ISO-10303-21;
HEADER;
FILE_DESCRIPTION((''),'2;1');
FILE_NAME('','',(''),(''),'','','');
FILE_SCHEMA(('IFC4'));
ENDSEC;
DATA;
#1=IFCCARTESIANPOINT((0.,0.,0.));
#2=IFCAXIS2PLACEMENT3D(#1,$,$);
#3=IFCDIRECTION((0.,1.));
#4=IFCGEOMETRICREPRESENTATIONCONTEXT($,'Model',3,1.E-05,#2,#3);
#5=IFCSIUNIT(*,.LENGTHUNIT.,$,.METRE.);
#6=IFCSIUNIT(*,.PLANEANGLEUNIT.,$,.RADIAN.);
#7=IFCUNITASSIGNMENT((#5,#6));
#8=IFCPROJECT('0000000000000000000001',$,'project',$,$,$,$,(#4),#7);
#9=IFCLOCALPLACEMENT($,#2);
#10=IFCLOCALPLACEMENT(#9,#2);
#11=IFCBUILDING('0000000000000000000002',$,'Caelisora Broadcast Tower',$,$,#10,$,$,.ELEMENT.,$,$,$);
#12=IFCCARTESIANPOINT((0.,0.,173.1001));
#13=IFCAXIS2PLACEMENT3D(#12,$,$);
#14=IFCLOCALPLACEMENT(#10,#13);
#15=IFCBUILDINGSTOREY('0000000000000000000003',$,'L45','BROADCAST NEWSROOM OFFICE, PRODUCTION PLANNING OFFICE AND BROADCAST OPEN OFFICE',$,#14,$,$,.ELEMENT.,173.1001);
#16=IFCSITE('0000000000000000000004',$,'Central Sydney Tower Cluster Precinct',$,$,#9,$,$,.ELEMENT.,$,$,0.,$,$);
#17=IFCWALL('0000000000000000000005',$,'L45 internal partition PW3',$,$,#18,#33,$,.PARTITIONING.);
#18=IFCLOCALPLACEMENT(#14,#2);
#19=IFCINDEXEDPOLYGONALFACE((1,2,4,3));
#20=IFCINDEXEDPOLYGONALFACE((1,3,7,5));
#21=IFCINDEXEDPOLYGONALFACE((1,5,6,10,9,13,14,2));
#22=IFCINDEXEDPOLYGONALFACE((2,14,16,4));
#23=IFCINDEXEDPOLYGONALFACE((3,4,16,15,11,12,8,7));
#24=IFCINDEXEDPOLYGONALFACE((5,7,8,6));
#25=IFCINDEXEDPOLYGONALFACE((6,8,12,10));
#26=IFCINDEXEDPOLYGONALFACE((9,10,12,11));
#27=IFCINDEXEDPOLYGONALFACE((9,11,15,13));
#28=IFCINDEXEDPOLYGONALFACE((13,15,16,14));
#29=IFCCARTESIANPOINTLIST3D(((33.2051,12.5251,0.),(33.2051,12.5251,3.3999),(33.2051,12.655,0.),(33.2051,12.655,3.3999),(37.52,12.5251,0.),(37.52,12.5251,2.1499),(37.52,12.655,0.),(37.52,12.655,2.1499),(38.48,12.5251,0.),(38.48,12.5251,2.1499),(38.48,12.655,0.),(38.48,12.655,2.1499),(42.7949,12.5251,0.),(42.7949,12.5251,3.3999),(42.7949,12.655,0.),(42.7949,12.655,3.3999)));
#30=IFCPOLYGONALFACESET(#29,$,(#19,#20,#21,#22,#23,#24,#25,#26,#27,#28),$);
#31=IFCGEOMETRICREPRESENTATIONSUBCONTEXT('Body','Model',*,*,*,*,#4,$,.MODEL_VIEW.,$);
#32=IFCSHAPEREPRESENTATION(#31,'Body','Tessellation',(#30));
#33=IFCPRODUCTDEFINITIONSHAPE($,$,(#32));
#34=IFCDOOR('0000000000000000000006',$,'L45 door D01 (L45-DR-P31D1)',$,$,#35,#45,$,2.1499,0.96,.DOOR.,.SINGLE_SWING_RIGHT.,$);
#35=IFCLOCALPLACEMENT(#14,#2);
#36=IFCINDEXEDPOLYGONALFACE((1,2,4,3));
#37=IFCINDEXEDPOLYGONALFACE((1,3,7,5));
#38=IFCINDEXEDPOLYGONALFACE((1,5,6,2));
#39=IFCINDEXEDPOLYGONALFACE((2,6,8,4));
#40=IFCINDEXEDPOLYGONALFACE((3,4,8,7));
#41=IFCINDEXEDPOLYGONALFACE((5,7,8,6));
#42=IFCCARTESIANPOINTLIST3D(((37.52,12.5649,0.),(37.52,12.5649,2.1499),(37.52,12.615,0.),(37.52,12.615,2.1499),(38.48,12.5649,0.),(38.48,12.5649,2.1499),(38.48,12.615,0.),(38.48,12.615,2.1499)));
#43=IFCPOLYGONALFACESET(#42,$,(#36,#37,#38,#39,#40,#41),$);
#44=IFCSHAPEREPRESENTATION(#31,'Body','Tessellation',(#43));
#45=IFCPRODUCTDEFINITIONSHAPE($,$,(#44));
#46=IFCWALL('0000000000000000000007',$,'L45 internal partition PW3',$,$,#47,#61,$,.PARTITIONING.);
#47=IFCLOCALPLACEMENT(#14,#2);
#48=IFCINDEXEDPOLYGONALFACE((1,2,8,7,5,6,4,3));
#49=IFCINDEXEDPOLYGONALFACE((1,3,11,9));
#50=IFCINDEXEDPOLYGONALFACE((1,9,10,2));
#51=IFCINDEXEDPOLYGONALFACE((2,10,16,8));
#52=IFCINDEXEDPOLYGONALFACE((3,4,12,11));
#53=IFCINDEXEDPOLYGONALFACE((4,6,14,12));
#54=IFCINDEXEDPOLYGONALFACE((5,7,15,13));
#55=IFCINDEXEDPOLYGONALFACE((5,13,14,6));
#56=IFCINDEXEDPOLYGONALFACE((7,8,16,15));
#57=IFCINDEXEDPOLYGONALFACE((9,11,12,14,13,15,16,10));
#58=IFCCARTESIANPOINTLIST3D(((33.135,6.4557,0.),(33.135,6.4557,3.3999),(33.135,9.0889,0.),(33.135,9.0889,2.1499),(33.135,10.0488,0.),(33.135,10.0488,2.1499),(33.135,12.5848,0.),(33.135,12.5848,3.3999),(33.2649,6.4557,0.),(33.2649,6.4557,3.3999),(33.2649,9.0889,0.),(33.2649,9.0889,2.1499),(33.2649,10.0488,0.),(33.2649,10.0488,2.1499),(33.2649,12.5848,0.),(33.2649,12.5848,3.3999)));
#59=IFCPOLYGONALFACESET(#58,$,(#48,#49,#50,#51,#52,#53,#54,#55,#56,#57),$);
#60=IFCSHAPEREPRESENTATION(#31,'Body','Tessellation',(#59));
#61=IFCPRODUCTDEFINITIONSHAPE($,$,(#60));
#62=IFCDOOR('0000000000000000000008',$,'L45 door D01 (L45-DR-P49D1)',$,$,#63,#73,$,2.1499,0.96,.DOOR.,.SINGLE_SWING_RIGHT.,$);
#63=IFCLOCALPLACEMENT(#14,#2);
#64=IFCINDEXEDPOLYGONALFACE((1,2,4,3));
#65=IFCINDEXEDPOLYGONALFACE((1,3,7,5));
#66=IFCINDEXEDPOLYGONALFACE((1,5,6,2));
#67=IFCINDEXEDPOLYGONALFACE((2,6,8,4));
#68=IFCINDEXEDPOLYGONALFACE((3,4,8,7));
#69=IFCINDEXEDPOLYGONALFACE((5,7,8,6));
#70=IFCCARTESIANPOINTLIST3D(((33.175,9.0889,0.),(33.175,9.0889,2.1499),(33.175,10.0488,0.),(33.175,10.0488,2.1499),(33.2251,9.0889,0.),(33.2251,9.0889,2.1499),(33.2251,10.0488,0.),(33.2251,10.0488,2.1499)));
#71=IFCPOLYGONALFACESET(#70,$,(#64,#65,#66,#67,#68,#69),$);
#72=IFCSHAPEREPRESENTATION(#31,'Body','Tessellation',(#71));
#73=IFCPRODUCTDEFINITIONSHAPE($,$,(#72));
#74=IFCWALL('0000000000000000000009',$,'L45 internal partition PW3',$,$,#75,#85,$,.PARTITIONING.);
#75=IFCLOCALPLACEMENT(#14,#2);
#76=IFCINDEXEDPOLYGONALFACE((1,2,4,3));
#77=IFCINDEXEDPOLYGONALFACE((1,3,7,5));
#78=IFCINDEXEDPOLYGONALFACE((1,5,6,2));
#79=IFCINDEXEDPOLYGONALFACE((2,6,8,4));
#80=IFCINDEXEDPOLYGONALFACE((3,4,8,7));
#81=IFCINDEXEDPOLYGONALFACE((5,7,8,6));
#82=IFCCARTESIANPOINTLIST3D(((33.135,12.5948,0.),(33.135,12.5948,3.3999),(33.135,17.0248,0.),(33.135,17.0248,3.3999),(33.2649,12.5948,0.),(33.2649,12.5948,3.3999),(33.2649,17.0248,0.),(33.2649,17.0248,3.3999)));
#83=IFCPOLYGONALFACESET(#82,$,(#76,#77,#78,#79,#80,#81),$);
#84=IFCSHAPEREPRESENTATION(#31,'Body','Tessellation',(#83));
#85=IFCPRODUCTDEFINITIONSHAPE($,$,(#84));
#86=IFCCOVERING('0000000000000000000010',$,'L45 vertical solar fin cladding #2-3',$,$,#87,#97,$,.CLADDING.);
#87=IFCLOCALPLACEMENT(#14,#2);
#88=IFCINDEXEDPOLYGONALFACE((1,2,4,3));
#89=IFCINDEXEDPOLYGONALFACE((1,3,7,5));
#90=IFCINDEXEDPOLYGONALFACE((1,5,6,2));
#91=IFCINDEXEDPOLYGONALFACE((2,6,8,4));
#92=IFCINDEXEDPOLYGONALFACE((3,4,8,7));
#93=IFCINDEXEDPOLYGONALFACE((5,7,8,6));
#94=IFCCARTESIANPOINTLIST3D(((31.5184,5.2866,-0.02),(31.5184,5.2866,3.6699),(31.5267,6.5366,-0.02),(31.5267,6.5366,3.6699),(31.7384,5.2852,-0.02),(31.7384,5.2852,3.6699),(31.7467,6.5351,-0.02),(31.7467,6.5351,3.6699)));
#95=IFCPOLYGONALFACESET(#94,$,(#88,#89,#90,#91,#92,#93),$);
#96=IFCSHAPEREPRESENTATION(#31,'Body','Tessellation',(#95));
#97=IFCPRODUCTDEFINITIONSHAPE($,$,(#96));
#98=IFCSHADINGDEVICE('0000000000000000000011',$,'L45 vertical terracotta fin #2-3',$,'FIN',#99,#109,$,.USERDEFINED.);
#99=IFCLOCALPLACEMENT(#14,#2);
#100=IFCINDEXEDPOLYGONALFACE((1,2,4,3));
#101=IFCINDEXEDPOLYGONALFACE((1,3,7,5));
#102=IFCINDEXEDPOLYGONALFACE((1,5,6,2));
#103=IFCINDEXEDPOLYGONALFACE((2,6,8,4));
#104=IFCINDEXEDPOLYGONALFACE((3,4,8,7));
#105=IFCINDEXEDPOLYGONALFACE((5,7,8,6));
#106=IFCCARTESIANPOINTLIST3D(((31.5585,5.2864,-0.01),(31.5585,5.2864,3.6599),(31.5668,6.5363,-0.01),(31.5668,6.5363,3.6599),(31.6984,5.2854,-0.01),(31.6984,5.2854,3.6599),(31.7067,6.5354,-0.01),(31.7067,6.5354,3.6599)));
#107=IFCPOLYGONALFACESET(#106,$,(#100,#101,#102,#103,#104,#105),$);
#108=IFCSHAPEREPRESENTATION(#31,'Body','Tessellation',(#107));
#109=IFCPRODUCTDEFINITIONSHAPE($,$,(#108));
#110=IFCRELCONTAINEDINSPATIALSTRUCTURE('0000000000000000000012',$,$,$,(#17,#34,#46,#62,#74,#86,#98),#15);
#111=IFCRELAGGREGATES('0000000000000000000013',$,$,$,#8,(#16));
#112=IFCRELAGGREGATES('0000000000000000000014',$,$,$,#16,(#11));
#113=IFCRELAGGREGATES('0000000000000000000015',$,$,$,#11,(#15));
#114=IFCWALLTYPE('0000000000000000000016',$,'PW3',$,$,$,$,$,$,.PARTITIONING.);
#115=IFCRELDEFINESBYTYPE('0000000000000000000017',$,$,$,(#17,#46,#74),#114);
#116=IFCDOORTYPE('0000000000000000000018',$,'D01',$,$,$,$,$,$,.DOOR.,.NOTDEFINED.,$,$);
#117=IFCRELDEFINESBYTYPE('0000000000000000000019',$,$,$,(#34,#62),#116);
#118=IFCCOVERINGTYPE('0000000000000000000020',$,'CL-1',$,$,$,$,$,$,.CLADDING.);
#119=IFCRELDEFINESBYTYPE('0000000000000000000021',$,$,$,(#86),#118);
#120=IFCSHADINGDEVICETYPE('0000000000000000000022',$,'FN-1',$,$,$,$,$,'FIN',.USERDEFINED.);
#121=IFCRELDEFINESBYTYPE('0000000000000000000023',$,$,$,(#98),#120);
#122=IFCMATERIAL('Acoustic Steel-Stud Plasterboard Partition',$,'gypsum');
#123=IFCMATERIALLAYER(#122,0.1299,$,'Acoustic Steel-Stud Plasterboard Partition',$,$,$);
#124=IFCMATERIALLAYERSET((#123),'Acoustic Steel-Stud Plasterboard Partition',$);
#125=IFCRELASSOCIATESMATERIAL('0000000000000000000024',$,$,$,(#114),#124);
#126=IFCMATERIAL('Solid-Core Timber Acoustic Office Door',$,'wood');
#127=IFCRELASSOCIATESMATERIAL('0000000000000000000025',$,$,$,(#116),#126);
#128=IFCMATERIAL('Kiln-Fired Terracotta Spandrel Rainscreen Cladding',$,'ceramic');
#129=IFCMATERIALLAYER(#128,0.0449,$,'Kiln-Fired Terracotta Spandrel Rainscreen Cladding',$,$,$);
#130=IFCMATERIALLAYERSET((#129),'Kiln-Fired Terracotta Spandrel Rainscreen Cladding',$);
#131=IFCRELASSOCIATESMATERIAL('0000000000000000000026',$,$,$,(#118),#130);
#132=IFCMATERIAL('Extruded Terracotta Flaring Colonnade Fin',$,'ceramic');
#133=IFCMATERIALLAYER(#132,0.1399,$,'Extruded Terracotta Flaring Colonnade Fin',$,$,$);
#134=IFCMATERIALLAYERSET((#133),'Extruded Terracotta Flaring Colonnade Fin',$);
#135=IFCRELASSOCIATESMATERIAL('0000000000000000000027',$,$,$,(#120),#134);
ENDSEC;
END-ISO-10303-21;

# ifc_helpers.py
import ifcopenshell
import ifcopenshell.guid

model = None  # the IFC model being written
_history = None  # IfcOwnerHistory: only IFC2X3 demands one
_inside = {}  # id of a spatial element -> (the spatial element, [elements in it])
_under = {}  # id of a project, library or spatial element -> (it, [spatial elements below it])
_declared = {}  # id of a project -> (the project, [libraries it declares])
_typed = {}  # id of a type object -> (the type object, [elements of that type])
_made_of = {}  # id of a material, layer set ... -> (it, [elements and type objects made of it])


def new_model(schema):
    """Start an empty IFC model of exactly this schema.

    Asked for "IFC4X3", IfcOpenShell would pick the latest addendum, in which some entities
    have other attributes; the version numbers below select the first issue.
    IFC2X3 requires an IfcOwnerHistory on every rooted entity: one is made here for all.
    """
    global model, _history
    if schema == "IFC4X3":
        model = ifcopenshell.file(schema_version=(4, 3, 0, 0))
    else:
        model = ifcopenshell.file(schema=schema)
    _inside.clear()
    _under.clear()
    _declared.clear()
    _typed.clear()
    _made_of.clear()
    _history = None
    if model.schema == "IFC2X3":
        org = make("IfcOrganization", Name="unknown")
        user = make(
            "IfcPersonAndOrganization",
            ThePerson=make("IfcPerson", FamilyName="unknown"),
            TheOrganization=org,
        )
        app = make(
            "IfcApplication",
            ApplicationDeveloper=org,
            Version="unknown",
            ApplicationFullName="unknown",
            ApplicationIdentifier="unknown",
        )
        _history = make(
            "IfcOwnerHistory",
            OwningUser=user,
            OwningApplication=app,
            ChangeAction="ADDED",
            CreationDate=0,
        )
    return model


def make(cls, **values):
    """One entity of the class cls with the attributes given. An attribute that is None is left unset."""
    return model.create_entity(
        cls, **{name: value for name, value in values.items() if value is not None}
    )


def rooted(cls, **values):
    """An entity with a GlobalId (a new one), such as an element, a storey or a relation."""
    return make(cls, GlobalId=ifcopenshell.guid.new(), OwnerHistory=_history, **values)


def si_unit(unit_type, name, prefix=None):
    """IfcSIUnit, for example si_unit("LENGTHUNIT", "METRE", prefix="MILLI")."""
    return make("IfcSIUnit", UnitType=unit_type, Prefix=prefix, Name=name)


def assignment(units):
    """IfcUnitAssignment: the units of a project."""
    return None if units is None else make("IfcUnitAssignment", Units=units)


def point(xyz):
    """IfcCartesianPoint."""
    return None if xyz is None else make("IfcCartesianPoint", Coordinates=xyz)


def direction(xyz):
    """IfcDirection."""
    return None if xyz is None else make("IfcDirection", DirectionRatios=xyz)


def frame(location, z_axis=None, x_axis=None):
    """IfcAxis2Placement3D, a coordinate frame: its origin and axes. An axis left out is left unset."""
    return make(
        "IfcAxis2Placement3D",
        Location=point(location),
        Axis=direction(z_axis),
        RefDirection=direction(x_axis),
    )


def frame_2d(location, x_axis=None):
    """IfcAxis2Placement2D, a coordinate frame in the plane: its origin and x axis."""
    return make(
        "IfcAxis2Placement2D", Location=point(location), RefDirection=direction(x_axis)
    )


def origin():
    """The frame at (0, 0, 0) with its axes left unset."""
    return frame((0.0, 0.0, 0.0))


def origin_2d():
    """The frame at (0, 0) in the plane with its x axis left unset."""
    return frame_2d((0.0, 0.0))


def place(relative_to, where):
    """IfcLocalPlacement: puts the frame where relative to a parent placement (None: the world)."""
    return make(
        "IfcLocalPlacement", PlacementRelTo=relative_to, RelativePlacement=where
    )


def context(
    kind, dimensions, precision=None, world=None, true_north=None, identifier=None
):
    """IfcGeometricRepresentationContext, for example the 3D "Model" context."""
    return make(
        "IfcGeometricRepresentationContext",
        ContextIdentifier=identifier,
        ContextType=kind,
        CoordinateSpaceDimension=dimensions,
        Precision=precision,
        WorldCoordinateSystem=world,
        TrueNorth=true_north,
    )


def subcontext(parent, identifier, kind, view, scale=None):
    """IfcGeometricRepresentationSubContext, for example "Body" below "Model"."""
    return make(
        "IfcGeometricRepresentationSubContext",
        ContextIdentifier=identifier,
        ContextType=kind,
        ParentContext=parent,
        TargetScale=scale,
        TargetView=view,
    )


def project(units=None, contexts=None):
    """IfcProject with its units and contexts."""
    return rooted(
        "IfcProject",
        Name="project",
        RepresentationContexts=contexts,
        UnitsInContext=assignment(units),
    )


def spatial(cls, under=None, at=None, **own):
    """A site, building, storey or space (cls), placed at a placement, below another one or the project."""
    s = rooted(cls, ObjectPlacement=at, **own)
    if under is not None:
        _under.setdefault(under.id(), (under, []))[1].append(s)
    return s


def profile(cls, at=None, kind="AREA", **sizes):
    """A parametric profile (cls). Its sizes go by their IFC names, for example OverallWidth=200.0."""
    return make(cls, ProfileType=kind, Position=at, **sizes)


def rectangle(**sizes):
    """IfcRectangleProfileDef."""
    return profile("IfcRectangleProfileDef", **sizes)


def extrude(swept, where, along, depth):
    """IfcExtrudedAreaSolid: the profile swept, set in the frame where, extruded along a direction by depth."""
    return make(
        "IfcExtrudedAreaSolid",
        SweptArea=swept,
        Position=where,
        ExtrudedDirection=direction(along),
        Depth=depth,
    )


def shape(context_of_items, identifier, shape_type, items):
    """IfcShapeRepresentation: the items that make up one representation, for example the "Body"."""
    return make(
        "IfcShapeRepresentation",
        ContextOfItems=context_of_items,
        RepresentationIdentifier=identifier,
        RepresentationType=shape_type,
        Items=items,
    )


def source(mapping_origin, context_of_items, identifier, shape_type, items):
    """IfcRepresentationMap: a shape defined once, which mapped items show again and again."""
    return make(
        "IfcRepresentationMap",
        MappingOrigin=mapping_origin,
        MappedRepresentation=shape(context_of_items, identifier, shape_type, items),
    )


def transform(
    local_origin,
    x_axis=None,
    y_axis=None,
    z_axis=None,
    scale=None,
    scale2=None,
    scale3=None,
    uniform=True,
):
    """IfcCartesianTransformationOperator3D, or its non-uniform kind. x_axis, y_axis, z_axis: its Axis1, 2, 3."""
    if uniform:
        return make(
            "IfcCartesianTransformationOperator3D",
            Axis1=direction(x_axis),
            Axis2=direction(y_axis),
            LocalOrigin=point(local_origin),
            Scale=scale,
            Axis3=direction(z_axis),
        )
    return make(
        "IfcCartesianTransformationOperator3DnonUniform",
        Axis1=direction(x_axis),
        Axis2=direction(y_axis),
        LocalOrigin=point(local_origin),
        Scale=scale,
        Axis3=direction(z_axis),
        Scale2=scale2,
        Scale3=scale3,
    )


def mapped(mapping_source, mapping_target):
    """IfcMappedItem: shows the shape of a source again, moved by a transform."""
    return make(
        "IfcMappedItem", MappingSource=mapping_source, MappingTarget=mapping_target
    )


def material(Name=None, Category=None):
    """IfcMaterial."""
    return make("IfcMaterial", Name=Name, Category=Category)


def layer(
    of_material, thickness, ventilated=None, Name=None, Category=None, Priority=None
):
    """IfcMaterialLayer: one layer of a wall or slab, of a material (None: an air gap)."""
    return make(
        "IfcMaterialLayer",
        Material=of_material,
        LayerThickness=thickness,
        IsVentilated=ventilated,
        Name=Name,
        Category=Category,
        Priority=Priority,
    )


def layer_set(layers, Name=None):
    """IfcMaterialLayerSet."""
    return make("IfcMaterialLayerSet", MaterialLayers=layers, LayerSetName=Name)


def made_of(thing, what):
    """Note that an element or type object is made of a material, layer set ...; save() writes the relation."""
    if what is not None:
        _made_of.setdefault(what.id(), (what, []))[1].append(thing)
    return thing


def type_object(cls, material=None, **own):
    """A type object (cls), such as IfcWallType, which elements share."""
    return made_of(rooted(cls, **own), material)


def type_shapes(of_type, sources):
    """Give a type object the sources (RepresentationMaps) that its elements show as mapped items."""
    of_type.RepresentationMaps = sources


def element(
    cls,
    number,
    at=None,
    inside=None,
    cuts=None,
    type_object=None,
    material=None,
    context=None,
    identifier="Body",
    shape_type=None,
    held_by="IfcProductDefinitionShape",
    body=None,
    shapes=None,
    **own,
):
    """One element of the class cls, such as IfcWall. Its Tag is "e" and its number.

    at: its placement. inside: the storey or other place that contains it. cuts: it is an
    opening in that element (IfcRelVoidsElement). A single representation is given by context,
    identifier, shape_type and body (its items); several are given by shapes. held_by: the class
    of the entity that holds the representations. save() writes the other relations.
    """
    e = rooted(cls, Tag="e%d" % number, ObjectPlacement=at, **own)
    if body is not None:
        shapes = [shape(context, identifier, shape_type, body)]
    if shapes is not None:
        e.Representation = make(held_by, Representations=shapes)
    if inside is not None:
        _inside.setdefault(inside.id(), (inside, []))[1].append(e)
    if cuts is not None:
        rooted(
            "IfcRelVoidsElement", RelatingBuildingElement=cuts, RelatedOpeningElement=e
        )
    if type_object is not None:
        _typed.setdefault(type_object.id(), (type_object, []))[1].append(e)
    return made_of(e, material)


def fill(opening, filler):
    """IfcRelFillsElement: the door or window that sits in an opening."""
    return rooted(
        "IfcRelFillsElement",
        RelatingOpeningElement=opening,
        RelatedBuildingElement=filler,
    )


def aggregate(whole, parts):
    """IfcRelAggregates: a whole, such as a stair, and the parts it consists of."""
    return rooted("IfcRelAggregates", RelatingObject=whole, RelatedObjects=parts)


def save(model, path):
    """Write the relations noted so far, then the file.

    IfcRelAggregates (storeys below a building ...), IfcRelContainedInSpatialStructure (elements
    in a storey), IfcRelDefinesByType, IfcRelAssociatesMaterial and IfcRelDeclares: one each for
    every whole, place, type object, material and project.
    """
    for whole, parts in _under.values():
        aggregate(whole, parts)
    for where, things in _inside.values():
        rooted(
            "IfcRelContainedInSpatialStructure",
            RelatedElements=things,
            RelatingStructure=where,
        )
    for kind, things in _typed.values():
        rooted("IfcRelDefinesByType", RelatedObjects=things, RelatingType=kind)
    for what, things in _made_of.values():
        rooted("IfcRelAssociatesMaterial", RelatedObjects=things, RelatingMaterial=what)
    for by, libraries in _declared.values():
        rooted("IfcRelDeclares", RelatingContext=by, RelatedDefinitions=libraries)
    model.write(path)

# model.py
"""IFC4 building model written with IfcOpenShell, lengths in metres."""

from ifc_helpers import new_model, si_unit, direction, frame, frame_2d, origin, origin_2d, place, context, subcontext, project, spatial, rectangle, extrude, source, transform, mapped, material, layer, layer_set, type_object, type_shapes, element, fill, save


model = new_model("IFC4")

# Units and contexts
model_context = context("Model", 3, precision=1e-05, world=origin(), true_north=direction((0.0, 1.0)))
body_context = subcontext(model_context, "Body", "Model", "MODEL_VIEW")
ifc_project = project(units=[si_unit("LENGTHUNIT", "METRE"), si_unit("PLANEANGLEUNIT", "RADIAN")], contexts=[model_context])

# Site, building, storey
site_placement = place(None, origin())
site = spatial("IfcSite", under=ifc_project, at=site_placement, Name="Central Sydney Tower Cluster Precinct", CompositionType="ELEMENT", RefElevation=0.0)
building_placement = place(site_placement, origin())
building = spatial("IfcBuilding", under=site, at=building_placement, Name="Caelisora Broadcast Tower", CompositionType="ELEMENT")
storey_placement = place(building_placement, frame((0.0, 0.0, 173.1001)))
storey = spatial("IfcBuildingStorey", under=building, at=storey_placement, Name="L45", Description="BROADCAST NEWSROOM OFFICE, PRODUCTION PLANNING OFFICE AND BROADCAST OPEN OFFICE", CompositionType="ELEMENT", Elevation=173.1001)

# Walls, openings, doors
ifc_material_1 = material(Name="Acoustic Steel-Stud Plasterboard Partition", Category="gypsum")
ifc_layer_1 = layer(ifc_material_1, 0.1299, Name="Acoustic Steel-Stud Plasterboard Partition")
ifc_layer_set_1 = layer_set([ifc_layer_1], Name="Acoustic Steel-Stud Plasterboard Partition")
wall_type = type_object("IfcWallType", Name="PW3", PredefinedType="PARTITIONING", material=ifc_layer_set_1)
wall_1_placement = place(storey_placement, frame((33.2051, 12.5901, 0.0), z_axis=(0.0, 0.0, 1.0), x_axis=(1.0, 0.0, 0.0)))
wall_1 = element("IfcWall", 1, at=wall_1_placement, inside=storey, type_object=wall_type, Name="L45 internal partition PW3", PredefinedType="PARTITIONING", context=body_context, shape_type="SweptSolid", body=[
    extrude(rectangle(XDim=9.5898, YDim=0.1299, at=frame_2d((4.7949, 0.0))), origin(), (0.0, 0.0, 1.0), 3.3999),
])
opening_1_placement = place(wall_1_placement, frame((4.3149, 0.0, 0.0)))
opening_1 = element("IfcOpeningElement", 2, at=opening_1_placement, cuts=wall_1, PredefinedType="OPENING", context=body_context, shape_type="SweptSolid", body=[
    extrude(rectangle(XDim=0.96, YDim=2.1499, at=frame_2d((0.48, 1.075))), frame((0.0, 0.0769, 0.0), z_axis=(0.0, -1.0, 0.0), x_axis=(1.0, 0.0, 0.0)), (0.0, 0.0, 1.0), 0.1538),
])
ifc_material_2 = material(Name="Solid-Core Timber Acoustic Office Door", Category="wood")
door_type = type_object("IfcDoorType", Name="D01", OperationType="NOTDEFINED", PredefinedType="DOOR", material=ifc_material_2)
door_1_placement = place(opening_1_placement, origin())
door_1 = element("IfcDoor", 3, at=door_1_placement, inside=storey, type_object=door_type, Name="L45 door D01 (L45-DR-P31D1)", OperationType="SINGLE_SWING_RIGHT", OverallHeight=2.1499, OverallWidth=0.96, PredefinedType="DOOR", context=body_context, shape_type="SweptSolid", body=[
    extrude(rectangle(XDim=0.96, YDim=2.1499, at=frame_2d((0.48, 1.075))), frame((0.0, 0.0249, 0.0), z_axis=(0.0, -1.0, 0.0), x_axis=(1.0, 0.0, 0.0)), (0.0, 0.0, 1.0), 0.05),
])
fill(opening_1, door_1)
wall_2_placement = place(storey_placement, frame((33.2, 6.4558, 0.0), z_axis=(0.0, 0.0, 1.0), x_axis=(0.0, 1.0, 0.0)))
wall_2 = element("IfcWall", 4, at=wall_2_placement, inside=storey, type_object=wall_type, Name="L45 internal partition PW3", PredefinedType="PARTITIONING", context=body_context, shape_type="SweptSolid", body=[
    extrude(rectangle(XDim=6.1292, YDim=0.1299, at=frame_2d((3.0645, 0.0))), origin(), (0.0, 0.0, 1.0), 3.3999),
])
opening_2_placement = place(wall_2_placement, frame((2.6331, 0.0, 0.0)))
opening_2 = element("IfcOpeningElement", 5, at=opening_2_placement, cuts=wall_2, PredefinedType="OPENING", context=body_context, shape_type="SweptSolid", body=[
    extrude(rectangle(XDim=0.96, YDim=2.1499, at=frame_2d((0.48, 1.075))), frame((0.0, 0.0769, 0.0), z_axis=(0.0, -1.0, 0.0), x_axis=(1.0, 0.0, 0.0)), (0.0, 0.0, 1.0), 0.1538),
])
door_2_placement = place(opening_2_placement, origin())
door_2 = element("IfcDoor", 6, at=door_2_placement, inside=storey, type_object=door_type, Name="L45 door D01 (L45-DR-P49D1)", OperationType="SINGLE_SWING_RIGHT", OverallHeight=2.1499, OverallWidth=0.96, PredefinedType="DOOR", context=body_context, shape_type="SweptSolid", body=[
    extrude(rectangle(XDim=0.96, YDim=2.1499, at=frame_2d((0.48, 1.075))), frame((0.0, 0.0249, 0.0), z_axis=(0.0, -1.0, 0.0), x_axis=(1.0, 0.0, 0.0)), (0.0, 0.0, 1.0), 0.05),
])
fill(opening_2, door_2)

# Wall
wall_3_placement = place(storey_placement, frame((33.2, 12.595, 0.0), z_axis=(0.0, 0.0, 1.0), x_axis=(0.0, 1.0, 0.0)))
element("IfcWall", 7, at=wall_3_placement, inside=storey, type_object=wall_type, Name="L45 internal partition PW3", PredefinedType="PARTITIONING", context=body_context, shape_type="SweptSolid", body=[
    extrude(rectangle(XDim=4.4299, YDim=0.1299, at=frame_2d((2.2148, 0.0))), origin(), (0.0, 0.0, 1.0), 3.3999),
])

# Covering
ifc_material_3 = material(Name="Kiln-Fired Terracotta Spandrel Rainscreen Cladding", Category="ceramic")
ifc_layer_2 = layer(ifc_material_3, 0.0449, Name="Kiln-Fired Terracotta Spandrel Rainscreen Cladding")
ifc_layer_set_2 = layer_set([ifc_layer_2], Name="Kiln-Fired Terracotta Spandrel Rainscreen Cladding")
covering_type = type_object("IfcCoveringType", Name="CL-1", PredefinedType="CLADDING", material=ifc_layer_set_2)
shared_shape_1 = source(origin(), body_context, "Body", "SweptSolid", [
    extrude(rectangle(XDim=0.22, YDim=1.25, at=origin_2d()), origin(), (0.0, 0.0, 1.0), 3.6899),
])
type_shapes(covering_type, [shared_shape_1])
covering_placement = place(storey_placement, frame((31.6326, 5.9109, -0.02), z_axis=(0.0, 0.0, 1.0), x_axis=(-0.999978, 0.006632, 0.0)))
element("IfcCovering", 8, at=covering_placement, inside=storey, type_object=covering_type, Name="L45 vertical solar fin cladding #2-3", PredefinedType="CLADDING", context=body_context, shape_type="MappedRepresentation", body=[
    mapped(shared_shape_1, transform((0.0, 0.0, 0.0), scale=1.0)),
])

# Shading device
ifc_material_4 = material(Name="Extruded Terracotta Flaring Colonnade Fin", Category="ceramic")
ifc_layer_3 = layer(ifc_material_4, 0.1399, Name="Extruded Terracotta Flaring Colonnade Fin")
ifc_layer_set_3 = layer_set([ifc_layer_3], Name="Extruded Terracotta Flaring Colonnade Fin")
shading_device_type = type_object("IfcShadingDeviceType", Name="FN-1", ElementType="FIN", PredefinedType="USERDEFINED", material=ifc_layer_set_3)
shared_shape_2 = source(origin(), body_context, "Body", "SweptSolid", [
    extrude(rectangle(XDim=0.1399, YDim=1.25, at=origin_2d()), origin(), (0.0, 0.0, 1.0), 3.6699),
])
type_shapes(shading_device_type, [shared_shape_2])
shading_device_placement = place(storey_placement, frame((31.6326, 5.9109, -0.01), z_axis=(0.0, 0.0, 1.0), x_axis=(-0.999978, 0.006632, 0.0)))
element("IfcShadingDevice", 9, at=shading_device_placement, inside=storey, type_object=shading_device_type, Name="L45 vertical terracotta fin #2-3", ObjectType="FIN", PredefinedType="USERDEFINED", context=body_context, shape_type="MappedRepresentation", body=[
    mapped(shared_shape_2, transform((0.0, 0.0, 0.0), scale=1.0)),
])

save(model, "model.ifc")
